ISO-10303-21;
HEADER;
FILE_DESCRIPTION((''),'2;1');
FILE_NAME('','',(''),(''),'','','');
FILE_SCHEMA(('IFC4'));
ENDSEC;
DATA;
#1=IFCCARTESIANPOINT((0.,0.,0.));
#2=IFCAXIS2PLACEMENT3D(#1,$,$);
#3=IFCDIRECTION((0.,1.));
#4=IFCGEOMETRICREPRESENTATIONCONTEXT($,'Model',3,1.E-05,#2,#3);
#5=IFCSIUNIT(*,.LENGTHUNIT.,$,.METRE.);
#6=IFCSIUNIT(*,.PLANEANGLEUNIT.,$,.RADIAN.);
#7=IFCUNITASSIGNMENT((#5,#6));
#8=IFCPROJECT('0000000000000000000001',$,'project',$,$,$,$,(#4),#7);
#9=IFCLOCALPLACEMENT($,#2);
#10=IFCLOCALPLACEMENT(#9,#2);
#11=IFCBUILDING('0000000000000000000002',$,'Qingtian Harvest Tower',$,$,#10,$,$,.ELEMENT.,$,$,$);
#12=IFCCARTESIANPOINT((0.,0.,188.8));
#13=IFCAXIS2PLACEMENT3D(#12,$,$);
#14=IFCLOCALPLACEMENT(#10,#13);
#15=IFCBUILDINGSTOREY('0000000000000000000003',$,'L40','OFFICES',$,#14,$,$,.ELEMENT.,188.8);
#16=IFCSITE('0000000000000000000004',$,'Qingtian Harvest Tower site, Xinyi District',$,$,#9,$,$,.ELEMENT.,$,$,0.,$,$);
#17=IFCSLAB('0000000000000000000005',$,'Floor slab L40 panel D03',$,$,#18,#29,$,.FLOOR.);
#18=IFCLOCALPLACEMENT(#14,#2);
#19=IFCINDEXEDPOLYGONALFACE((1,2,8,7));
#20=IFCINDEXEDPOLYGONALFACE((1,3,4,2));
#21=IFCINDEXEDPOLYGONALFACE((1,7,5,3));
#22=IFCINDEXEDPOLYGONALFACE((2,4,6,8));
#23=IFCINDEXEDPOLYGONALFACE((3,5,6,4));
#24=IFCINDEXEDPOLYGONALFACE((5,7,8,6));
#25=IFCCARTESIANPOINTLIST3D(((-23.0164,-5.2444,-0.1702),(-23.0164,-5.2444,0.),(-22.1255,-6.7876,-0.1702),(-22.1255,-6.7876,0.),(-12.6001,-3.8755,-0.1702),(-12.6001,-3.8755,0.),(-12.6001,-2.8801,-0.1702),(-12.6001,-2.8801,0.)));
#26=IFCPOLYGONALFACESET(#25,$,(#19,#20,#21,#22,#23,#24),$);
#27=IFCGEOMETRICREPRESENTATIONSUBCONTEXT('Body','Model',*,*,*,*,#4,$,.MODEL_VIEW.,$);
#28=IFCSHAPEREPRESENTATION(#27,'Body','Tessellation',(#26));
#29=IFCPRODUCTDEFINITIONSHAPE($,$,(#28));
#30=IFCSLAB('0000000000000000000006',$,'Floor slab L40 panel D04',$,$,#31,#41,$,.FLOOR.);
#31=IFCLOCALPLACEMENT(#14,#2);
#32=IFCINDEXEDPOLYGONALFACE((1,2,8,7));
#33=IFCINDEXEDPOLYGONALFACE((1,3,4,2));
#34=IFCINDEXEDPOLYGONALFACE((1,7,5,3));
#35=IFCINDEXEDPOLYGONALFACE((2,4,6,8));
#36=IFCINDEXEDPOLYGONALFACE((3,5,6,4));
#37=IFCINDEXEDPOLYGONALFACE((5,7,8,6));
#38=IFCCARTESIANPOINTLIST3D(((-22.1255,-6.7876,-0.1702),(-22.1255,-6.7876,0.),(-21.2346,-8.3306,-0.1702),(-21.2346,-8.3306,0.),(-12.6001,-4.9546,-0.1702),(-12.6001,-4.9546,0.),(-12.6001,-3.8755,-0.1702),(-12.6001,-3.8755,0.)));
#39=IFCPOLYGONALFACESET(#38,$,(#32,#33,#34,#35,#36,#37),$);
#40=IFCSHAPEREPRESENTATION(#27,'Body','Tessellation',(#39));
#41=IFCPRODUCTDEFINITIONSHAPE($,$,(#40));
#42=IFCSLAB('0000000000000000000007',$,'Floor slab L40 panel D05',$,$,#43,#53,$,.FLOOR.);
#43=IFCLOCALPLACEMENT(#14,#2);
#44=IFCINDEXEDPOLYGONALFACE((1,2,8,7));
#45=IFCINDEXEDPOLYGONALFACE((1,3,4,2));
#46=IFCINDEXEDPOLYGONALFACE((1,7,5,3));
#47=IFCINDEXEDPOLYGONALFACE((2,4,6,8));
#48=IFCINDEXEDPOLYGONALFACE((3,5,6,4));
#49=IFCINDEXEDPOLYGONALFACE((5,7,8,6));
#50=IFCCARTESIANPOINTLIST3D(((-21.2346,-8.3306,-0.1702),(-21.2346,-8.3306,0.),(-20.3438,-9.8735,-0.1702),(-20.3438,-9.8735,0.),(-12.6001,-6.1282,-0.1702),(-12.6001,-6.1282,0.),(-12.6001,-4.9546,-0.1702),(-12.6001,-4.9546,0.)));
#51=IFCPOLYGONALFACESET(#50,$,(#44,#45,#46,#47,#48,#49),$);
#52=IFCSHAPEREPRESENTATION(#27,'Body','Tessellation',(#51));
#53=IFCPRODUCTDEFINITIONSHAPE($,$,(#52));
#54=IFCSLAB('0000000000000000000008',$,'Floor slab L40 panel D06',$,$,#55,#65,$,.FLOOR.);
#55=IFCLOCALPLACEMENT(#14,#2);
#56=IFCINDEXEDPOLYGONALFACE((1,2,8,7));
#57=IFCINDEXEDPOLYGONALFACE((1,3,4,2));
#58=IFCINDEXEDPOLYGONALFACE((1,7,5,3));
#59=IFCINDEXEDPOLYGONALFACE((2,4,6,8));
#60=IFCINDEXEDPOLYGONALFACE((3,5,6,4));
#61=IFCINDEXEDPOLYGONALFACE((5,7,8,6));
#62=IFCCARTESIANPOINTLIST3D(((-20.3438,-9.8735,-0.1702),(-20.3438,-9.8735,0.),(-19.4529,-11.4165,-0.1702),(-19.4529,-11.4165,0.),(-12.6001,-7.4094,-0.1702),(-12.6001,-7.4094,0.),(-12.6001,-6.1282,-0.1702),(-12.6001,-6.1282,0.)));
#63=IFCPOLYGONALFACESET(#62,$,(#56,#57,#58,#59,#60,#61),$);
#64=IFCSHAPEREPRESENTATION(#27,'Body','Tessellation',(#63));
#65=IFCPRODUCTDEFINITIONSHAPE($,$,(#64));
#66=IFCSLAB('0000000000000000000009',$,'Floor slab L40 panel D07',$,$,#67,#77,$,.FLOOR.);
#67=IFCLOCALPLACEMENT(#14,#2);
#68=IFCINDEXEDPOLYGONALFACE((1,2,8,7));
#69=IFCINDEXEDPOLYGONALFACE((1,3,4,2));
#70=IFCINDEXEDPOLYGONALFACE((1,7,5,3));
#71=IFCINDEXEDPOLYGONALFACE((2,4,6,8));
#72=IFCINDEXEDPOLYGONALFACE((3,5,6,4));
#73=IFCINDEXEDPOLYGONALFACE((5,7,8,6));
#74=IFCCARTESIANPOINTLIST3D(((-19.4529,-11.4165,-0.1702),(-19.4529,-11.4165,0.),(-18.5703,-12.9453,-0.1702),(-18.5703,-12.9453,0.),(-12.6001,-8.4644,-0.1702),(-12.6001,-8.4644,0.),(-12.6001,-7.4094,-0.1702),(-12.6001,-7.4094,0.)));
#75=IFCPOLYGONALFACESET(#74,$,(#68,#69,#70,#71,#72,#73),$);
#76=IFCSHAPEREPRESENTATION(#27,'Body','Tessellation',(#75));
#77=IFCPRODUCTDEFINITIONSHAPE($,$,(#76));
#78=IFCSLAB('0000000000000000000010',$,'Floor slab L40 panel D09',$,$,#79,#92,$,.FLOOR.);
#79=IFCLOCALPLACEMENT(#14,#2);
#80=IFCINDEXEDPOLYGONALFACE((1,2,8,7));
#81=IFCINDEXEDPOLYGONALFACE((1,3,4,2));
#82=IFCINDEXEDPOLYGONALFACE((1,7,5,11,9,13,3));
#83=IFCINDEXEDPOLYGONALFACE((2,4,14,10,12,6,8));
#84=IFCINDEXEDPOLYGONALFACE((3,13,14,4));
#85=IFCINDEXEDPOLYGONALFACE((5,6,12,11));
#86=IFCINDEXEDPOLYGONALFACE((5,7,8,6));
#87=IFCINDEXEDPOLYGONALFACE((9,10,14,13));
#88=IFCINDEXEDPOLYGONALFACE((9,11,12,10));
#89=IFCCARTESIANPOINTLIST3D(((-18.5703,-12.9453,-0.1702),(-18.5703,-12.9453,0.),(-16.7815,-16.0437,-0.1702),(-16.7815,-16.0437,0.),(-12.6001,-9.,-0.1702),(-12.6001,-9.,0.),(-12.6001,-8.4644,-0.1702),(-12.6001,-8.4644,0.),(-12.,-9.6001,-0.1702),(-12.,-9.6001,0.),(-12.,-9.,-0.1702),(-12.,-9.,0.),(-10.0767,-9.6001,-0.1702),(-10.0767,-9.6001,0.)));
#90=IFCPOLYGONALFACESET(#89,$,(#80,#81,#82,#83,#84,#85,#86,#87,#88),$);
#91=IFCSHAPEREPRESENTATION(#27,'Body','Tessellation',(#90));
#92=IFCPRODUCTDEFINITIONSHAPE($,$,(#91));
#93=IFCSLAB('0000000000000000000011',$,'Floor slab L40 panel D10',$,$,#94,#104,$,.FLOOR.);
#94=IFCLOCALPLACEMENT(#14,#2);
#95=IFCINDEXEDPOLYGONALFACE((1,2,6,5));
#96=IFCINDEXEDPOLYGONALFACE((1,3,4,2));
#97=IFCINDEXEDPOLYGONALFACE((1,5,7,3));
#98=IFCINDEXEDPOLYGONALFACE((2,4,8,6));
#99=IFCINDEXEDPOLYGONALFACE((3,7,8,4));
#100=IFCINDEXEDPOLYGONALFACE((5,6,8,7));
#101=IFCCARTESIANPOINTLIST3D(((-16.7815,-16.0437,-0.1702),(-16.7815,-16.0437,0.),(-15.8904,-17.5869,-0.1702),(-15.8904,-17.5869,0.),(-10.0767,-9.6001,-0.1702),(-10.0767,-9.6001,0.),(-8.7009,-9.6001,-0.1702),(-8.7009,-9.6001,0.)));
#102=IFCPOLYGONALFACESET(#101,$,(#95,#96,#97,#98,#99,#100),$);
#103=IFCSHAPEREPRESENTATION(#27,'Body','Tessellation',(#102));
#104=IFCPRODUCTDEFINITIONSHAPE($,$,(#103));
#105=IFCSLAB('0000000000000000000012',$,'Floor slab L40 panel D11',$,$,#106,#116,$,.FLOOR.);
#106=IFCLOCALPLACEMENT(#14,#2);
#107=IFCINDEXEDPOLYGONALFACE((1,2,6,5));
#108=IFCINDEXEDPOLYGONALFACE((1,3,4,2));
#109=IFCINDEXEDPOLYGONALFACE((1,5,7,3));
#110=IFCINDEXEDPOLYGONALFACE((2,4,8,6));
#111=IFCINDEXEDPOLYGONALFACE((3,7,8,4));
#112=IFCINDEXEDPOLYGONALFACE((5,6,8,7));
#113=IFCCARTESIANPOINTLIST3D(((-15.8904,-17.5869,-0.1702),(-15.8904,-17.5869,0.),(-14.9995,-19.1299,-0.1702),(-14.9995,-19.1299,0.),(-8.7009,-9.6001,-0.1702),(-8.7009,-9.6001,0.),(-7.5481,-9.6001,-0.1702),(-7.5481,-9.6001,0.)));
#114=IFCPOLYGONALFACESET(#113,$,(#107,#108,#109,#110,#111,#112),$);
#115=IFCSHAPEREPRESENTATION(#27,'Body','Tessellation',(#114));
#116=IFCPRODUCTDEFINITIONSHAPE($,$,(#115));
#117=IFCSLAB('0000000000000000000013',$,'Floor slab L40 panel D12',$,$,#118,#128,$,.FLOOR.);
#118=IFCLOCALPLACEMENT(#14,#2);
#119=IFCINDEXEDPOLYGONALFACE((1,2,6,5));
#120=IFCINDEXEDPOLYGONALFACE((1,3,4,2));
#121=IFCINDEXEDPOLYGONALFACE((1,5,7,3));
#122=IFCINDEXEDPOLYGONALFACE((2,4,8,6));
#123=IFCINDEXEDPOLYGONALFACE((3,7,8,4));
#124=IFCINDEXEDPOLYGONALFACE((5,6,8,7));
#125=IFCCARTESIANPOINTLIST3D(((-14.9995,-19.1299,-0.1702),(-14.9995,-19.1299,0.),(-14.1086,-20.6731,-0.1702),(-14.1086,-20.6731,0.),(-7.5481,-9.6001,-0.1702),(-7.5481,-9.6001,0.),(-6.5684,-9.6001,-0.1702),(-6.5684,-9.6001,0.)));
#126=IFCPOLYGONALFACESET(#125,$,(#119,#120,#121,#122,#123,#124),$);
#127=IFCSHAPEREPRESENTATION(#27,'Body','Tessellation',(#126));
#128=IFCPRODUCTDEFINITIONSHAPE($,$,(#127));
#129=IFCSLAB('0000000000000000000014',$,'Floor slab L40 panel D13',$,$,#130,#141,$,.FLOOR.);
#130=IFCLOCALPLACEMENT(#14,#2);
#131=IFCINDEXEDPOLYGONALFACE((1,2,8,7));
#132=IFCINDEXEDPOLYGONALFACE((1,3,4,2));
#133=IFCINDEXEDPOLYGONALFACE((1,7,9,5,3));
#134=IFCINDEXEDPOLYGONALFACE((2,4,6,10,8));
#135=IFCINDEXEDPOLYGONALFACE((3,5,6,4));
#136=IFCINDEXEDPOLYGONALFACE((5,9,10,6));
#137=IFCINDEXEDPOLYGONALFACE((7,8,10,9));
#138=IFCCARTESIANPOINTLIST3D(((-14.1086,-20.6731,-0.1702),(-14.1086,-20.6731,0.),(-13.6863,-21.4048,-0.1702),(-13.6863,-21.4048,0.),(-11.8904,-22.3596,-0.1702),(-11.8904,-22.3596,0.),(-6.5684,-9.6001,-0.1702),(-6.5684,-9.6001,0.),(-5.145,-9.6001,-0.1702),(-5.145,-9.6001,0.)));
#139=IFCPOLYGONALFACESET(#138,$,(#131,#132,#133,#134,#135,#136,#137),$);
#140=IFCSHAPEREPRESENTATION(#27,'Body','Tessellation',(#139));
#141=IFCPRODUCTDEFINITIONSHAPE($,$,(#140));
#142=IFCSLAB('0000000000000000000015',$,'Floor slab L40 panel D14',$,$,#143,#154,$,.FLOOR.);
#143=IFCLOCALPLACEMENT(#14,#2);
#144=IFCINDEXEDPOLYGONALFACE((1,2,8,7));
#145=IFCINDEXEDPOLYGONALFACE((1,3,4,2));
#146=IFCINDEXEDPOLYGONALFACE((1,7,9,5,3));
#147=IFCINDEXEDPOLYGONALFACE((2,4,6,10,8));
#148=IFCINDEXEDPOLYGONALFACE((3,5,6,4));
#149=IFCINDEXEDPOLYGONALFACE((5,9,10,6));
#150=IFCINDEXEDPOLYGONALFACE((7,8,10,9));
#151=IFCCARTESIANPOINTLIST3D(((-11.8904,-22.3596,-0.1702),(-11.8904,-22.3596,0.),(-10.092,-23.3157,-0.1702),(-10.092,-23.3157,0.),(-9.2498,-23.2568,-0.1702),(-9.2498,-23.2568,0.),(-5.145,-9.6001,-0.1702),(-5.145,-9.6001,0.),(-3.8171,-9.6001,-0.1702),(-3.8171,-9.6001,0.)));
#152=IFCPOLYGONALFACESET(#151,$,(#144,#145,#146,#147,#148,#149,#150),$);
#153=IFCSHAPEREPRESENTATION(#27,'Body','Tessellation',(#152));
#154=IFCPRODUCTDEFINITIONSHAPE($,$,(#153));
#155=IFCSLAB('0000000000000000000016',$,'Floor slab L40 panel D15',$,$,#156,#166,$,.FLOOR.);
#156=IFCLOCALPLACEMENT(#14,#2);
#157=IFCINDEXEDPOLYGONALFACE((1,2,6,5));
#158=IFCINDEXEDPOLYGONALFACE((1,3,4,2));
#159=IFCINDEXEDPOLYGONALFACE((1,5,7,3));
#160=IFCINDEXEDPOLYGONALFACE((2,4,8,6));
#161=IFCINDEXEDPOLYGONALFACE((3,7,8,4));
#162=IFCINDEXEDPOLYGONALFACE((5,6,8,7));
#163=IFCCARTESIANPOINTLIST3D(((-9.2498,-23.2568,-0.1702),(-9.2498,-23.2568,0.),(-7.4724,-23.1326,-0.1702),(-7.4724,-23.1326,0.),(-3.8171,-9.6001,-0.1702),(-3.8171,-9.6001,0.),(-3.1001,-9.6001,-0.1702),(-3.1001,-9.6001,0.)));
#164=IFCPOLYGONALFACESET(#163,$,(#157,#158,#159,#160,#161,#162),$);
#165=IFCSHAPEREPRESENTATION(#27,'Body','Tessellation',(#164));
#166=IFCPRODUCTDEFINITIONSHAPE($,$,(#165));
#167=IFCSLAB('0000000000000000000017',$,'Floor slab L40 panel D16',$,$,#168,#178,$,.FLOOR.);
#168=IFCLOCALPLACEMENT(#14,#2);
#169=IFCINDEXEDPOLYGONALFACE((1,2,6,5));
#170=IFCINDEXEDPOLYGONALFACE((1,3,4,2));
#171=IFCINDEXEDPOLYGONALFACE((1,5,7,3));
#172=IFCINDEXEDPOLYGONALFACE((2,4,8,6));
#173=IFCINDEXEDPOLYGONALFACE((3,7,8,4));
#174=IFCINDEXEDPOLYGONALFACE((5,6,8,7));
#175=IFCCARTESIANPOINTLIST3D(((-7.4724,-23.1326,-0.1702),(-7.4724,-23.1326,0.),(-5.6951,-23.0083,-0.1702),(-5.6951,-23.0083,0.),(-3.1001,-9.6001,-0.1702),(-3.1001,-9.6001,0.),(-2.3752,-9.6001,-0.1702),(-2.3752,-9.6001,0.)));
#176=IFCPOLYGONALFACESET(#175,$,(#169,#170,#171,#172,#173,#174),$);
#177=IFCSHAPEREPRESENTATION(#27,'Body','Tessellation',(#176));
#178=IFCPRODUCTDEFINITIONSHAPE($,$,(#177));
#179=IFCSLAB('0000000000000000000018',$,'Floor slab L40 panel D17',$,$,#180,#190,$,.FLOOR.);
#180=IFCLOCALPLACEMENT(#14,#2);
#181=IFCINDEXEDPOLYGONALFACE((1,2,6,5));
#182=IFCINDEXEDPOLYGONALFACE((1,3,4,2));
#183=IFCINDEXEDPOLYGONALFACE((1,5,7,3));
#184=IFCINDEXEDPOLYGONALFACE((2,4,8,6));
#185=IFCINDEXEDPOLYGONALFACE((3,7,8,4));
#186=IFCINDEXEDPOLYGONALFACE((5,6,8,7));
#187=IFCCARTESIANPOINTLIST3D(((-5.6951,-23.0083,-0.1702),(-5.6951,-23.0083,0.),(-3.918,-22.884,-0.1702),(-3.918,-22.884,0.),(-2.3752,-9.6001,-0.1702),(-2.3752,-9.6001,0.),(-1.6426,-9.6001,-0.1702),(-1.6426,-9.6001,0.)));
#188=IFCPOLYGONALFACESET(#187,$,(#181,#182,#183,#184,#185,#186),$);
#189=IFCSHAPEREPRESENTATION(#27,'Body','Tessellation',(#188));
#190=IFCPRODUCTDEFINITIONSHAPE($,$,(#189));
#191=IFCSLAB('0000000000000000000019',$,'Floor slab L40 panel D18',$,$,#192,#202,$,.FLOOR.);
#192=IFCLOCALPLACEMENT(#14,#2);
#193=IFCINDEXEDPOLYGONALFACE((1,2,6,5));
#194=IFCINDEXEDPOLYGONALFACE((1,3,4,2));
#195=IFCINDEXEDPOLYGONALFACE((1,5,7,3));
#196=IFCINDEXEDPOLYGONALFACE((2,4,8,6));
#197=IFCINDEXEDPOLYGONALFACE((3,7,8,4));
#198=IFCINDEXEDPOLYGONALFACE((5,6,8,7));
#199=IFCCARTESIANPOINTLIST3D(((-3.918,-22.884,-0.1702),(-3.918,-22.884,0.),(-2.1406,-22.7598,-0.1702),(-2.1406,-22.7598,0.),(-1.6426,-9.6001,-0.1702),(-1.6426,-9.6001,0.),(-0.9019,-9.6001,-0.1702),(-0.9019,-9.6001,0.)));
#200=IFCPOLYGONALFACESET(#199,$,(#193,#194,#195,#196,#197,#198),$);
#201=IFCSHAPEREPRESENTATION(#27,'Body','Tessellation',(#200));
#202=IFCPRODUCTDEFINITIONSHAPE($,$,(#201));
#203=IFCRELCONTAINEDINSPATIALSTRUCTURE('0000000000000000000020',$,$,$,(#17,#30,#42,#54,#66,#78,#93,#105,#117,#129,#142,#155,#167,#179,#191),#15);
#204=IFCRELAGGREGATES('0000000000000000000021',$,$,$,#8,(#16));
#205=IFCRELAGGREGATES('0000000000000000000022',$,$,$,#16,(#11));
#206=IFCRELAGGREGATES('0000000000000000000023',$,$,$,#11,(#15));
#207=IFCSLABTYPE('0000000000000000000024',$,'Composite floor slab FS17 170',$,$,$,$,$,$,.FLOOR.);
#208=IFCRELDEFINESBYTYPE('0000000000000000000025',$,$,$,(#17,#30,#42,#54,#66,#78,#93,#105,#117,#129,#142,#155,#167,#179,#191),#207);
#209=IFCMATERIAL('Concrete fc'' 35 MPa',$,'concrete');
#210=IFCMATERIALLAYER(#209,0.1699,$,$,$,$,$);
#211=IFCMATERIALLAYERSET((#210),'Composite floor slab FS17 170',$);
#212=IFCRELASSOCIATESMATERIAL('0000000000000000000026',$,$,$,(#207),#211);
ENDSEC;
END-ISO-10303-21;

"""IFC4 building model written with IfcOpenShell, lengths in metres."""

from ifc_helpers import new_model, si_unit, direction, frame, origin, place, context, subcontext, project, spatial, polyline, outline, extrude, material, layer, layer_set, type_object, element, save


model = new_model("IFC4")

# Units and contexts
model_context = context("Model", 3, precision=1e-05, world=origin(), true_north=direction((0.0, 1.0)))
body_context = subcontext(model_context, "Body", "Model", "MODEL_VIEW")
ifc_project = project(units=[si_unit("LENGTHUNIT", "METRE"), si_unit("PLANEANGLEUNIT", "RADIAN")], contexts=[model_context])

# Site, building, storey
site_placement = place(None, origin())
site = spatial("IfcSite", under=ifc_project, at=site_placement, Name="Qingtian Harvest Tower site, Xinyi District", CompositionType="ELEMENT", RefElevation=0.0)
building_placement = place(site_placement, origin())
building = spatial("IfcBuilding", under=site, at=building_placement, Name="Qingtian Harvest Tower", CompositionType="ELEMENT")
storey_placement = place(building_placement, frame((0.0, 0.0, 188.8)))
storey = spatial("IfcBuildingStorey", under=building, at=storey_placement, Name="L40", Description="OFFICES", CompositionType="ELEMENT", Elevation=188.8)

# Slabs
ifc_material = material(Name="Concrete fc' 35 MPa", Category="concrete")
ifc_layer = layer(ifc_material, 0.1699)
ifc_layer_set = layer_set([ifc_layer], Name="Composite floor slab FS17 170")
slab_type = type_object("IfcSlabType", Name="Composite floor slab FS17 170", PredefinedType="FLOOR", material=ifc_layer_set)
slab_1_placement = place(storey_placement, frame((0.0, 0.0, -0.1702)))
element("IfcSlab", 1, at=slab_1_placement, inside=storey, type_object=slab_type, Name="Floor slab L40 panel D03", PredefinedType="FLOOR", context=body_context, shape_type="SweptSolid", body=[
    extrude(outline(polyline([(-12.6001, -3.8755), (-22.1255, -6.7876), (-23.0164, -5.2444), (-12.6001, -2.8801), (-12.6001, -3.8755)])), origin(), (0.0, 0.0, 1.0), 0.1702),
])
slab_2_placement = place(storey_placement, frame((0.0, 0.0, -0.1702)))
element("IfcSlab", 2, at=slab_2_placement, inside=storey, type_object=slab_type, Name="Floor slab L40 panel D04", PredefinedType="FLOOR", context=body_context, shape_type="SweptSolid", body=[
    extrude(outline(polyline([(-12.6001, -4.9546), (-21.2346, -8.3306), (-22.1255, -6.7876), (-12.6001, -3.8755), (-12.6001, -4.9546)])), origin(), (0.0, 0.0, 1.0), 0.1702),
])
slab_3_placement = place(storey_placement, frame((0.0, 0.0, -0.1702)))
element("IfcSlab", 3, at=slab_3_placement, inside=storey, type_object=slab_type, Name="Floor slab L40 panel D05", PredefinedType="FLOOR", context=body_context, shape_type="SweptSolid", body=[
    extrude(outline(polyline([(-12.6001, -6.1282), (-20.3438, -9.8735), (-21.2346, -8.3306), (-12.6001, -4.9546), (-12.6001, -6.1282)])), origin(), (0.0, 0.0, 1.0), 0.1702),
])
slab_4_placement = place(storey_placement, frame((0.0, 0.0, -0.1702)))
element("IfcSlab", 4, at=slab_4_placement, inside=storey, type_object=slab_type, Name="Floor slab L40 panel D06", PredefinedType="FLOOR", context=body_context, shape_type="SweptSolid", body=[
    extrude(outline(polyline([(-12.6001, -7.4094), (-19.4529, -11.4165), (-20.3438, -9.8735), (-12.6001, -6.1282), (-12.6001, -7.4094)])), origin(), (0.0, 0.0, 1.0), 0.1702),
])
slab_5_placement = place(storey_placement, frame((0.0, 0.0, -0.1702)))
element("IfcSlab", 5, at=slab_5_placement, inside=storey, type_object=slab_type, Name="Floor slab L40 panel D07", PredefinedType="FLOOR", context=body_context, shape_type="SweptSolid", body=[
    extrude(outline(polyline([(-12.6001, -8.4644), (-18.5703, -12.9453), (-19.4529, -11.4165), (-12.6001, -7.4094), (-12.6001, -8.4644)])), origin(), (0.0, 0.0, 1.0), 0.1702),
])
slab_6_placement = place(storey_placement, frame((0.0, 0.0, -0.1702)))
element("IfcSlab", 6, at=slab_6_placement, inside=storey, type_object=slab_type, Name="Floor slab L40 panel D09", PredefinedType="FLOOR", context=body_context, shape_type="SweptSolid", body=[
    extrude(outline(polyline([(-16.7815, -16.0437), (-18.5703, -12.9453), (-12.6001, -8.4644), (-12.6001, -9.0), (-12.0, -9.0), (-12.0, -9.6001), (-10.0767, -9.6001), (-16.7815, -16.0437)])), origin(), (0.0, 0.0, 1.0), 0.1702),
])
slab_7_placement = place(storey_placement, frame((0.0, 0.0, -0.1702)))
element("IfcSlab", 7, at=slab_7_placement, inside=storey, type_object=slab_type, Name="Floor slab L40 panel D10", PredefinedType="FLOOR", context=body_context, shape_type="SweptSolid", body=[
    extrude(outline(polyline([(-8.7009, -9.6001), (-15.8904, -17.5869), (-16.7815, -16.0437), (-10.0767, -9.6001), (-8.7009, -9.6001)])), origin(), (0.0, 0.0, 1.0), 0.1702),
])
slab_8_placement = place(storey_placement, frame((0.0, 0.0, -0.1702)))
element("IfcSlab", 8, at=slab_8_placement, inside=storey, type_object=slab_type, Name="Floor slab L40 panel D11", PredefinedType="FLOOR", context=body_context, shape_type="SweptSolid", body=[
    extrude(outline(polyline([(-7.5481, -9.6001), (-14.9995, -19.1299), (-15.8904, -17.5869), (-8.7009, -9.6001), (-7.5481, -9.6001)])), origin(), (0.0, 0.0, 1.0), 0.1702),
])
slab_9_placement = place(storey_placement, frame((0.0, 0.0, -0.1702)))
element("IfcSlab", 9, at=slab_9_placement, inside=storey, type_object=slab_type, Name="Floor slab L40 panel D12", PredefinedType="FLOOR", context=body_context, shape_type="SweptSolid", body=[
    extrude(outline(polyline([(-6.5684, -9.6001), (-14.1086, -20.6731), (-14.9995, -19.1299), (-7.5481, -9.6001), (-6.5684, -9.6001)])), origin(), (0.0, 0.0, 1.0), 0.1702),
])
slab_10_placement = place(storey_placement, frame((0.0, 0.0, -0.1702)))
element("IfcSlab", 10, at=slab_10_placement, inside=storey, type_object=slab_type, Name="Floor slab L40 panel D13", PredefinedType="FLOOR", context=body_context, shape_type="SweptSolid", body=[
    extrude(outline(polyline([(-6.5684, -9.6001), (-5.145, -9.6001), (-11.8904, -22.3596), (-13.6863, -21.4048), (-14.1086, -20.6731), (-6.5684, -9.6001)])), origin(), (0.0, 0.0, 1.0), 0.1702),
])
slab_11_placement = place(storey_placement, frame((0.0, 0.0, -0.1702)))
element("IfcSlab", 11, at=slab_11_placement, inside=storey, type_object=slab_type, Name="Floor slab L40 panel D14", PredefinedType="FLOOR", context=body_context, shape_type="SweptSolid", body=[
    extrude(outline(polyline([(-5.145, -9.6001), (-3.8171, -9.6001), (-9.2498, -23.2568), (-10.092, -23.3157), (-11.8904, -22.3596), (-5.145, -9.6001)])), origin(), (0.0, 0.0, 1.0), 0.1702),
])
slab_12_placement = place(storey_placement, frame((0.0, 0.0, -0.1702)))
element("IfcSlab", 12, at=slab_12_placement, inside=storey, type_object=slab_type, Name="Floor slab L40 panel D15", PredefinedType="FLOOR", context=body_context, shape_type="SweptSolid", body=[
    extrude(outline(polyline([(-3.1001, -9.6001), (-7.4724, -23.1326), (-9.2498, -23.2568), (-3.8171, -9.6001), (-3.1001, -9.6001)])), origin(), (0.0, 0.0, 1.0), 0.1702),
])
slab_13_placement = place(storey_placement, frame((0.0, 0.0, -0.1702)))
element("IfcSlab", 13, at=slab_13_placement, inside=storey, type_object=slab_type, Name="Floor slab L40 panel D16", PredefinedType="FLOOR", context=body_context, shape_type="SweptSolid", body=[
    extrude(outline(polyline([(-2.3752, -9.6001), (-5.6951, -23.0083), (-7.4724, -23.1326), (-3.1001, -9.6001), (-2.3752, -9.6001)])), origin(), (0.0, 0.0, 1.0), 0.1702),
])
slab_14_placement = place(storey_placement, frame((0.0, 0.0, -0.1702)))
element("IfcSlab", 14, at=slab_14_placement, inside=storey, type_object=slab_type, Name="Floor slab L40 panel D17", PredefinedType="FLOOR", context=body_context, shape_type="SweptSolid", body=[
    extrude(outline(polyline([(-1.6426, -9.6001), (-3.918, -22.884), (-5.6951, -23.0083), (-2.3752, -9.6001), (-1.6426, -9.6001)])), origin(), (0.0, 0.0, 1.0), 0.1702),
])
slab_15_placement = place(storey_placement, frame((0.0, 0.0, -0.1702)))
element("IfcSlab", 15, at=slab_15_placement, inside=storey, type_object=slab_type, Name="Floor slab L40 panel D18", PredefinedType="FLOOR", context=body_context, shape_type="SweptSolid", body=[
    extrude(outline(polyline([(-0.9019, -9.6001), (-2.1406, -22.7598), (-3.918, -22.884), (-1.6426, -9.6001), (-0.9019, -9.6001)])), origin(), (0.0, 0.0, 1.0), 0.1702),
])

save(model, "model.ifc")
